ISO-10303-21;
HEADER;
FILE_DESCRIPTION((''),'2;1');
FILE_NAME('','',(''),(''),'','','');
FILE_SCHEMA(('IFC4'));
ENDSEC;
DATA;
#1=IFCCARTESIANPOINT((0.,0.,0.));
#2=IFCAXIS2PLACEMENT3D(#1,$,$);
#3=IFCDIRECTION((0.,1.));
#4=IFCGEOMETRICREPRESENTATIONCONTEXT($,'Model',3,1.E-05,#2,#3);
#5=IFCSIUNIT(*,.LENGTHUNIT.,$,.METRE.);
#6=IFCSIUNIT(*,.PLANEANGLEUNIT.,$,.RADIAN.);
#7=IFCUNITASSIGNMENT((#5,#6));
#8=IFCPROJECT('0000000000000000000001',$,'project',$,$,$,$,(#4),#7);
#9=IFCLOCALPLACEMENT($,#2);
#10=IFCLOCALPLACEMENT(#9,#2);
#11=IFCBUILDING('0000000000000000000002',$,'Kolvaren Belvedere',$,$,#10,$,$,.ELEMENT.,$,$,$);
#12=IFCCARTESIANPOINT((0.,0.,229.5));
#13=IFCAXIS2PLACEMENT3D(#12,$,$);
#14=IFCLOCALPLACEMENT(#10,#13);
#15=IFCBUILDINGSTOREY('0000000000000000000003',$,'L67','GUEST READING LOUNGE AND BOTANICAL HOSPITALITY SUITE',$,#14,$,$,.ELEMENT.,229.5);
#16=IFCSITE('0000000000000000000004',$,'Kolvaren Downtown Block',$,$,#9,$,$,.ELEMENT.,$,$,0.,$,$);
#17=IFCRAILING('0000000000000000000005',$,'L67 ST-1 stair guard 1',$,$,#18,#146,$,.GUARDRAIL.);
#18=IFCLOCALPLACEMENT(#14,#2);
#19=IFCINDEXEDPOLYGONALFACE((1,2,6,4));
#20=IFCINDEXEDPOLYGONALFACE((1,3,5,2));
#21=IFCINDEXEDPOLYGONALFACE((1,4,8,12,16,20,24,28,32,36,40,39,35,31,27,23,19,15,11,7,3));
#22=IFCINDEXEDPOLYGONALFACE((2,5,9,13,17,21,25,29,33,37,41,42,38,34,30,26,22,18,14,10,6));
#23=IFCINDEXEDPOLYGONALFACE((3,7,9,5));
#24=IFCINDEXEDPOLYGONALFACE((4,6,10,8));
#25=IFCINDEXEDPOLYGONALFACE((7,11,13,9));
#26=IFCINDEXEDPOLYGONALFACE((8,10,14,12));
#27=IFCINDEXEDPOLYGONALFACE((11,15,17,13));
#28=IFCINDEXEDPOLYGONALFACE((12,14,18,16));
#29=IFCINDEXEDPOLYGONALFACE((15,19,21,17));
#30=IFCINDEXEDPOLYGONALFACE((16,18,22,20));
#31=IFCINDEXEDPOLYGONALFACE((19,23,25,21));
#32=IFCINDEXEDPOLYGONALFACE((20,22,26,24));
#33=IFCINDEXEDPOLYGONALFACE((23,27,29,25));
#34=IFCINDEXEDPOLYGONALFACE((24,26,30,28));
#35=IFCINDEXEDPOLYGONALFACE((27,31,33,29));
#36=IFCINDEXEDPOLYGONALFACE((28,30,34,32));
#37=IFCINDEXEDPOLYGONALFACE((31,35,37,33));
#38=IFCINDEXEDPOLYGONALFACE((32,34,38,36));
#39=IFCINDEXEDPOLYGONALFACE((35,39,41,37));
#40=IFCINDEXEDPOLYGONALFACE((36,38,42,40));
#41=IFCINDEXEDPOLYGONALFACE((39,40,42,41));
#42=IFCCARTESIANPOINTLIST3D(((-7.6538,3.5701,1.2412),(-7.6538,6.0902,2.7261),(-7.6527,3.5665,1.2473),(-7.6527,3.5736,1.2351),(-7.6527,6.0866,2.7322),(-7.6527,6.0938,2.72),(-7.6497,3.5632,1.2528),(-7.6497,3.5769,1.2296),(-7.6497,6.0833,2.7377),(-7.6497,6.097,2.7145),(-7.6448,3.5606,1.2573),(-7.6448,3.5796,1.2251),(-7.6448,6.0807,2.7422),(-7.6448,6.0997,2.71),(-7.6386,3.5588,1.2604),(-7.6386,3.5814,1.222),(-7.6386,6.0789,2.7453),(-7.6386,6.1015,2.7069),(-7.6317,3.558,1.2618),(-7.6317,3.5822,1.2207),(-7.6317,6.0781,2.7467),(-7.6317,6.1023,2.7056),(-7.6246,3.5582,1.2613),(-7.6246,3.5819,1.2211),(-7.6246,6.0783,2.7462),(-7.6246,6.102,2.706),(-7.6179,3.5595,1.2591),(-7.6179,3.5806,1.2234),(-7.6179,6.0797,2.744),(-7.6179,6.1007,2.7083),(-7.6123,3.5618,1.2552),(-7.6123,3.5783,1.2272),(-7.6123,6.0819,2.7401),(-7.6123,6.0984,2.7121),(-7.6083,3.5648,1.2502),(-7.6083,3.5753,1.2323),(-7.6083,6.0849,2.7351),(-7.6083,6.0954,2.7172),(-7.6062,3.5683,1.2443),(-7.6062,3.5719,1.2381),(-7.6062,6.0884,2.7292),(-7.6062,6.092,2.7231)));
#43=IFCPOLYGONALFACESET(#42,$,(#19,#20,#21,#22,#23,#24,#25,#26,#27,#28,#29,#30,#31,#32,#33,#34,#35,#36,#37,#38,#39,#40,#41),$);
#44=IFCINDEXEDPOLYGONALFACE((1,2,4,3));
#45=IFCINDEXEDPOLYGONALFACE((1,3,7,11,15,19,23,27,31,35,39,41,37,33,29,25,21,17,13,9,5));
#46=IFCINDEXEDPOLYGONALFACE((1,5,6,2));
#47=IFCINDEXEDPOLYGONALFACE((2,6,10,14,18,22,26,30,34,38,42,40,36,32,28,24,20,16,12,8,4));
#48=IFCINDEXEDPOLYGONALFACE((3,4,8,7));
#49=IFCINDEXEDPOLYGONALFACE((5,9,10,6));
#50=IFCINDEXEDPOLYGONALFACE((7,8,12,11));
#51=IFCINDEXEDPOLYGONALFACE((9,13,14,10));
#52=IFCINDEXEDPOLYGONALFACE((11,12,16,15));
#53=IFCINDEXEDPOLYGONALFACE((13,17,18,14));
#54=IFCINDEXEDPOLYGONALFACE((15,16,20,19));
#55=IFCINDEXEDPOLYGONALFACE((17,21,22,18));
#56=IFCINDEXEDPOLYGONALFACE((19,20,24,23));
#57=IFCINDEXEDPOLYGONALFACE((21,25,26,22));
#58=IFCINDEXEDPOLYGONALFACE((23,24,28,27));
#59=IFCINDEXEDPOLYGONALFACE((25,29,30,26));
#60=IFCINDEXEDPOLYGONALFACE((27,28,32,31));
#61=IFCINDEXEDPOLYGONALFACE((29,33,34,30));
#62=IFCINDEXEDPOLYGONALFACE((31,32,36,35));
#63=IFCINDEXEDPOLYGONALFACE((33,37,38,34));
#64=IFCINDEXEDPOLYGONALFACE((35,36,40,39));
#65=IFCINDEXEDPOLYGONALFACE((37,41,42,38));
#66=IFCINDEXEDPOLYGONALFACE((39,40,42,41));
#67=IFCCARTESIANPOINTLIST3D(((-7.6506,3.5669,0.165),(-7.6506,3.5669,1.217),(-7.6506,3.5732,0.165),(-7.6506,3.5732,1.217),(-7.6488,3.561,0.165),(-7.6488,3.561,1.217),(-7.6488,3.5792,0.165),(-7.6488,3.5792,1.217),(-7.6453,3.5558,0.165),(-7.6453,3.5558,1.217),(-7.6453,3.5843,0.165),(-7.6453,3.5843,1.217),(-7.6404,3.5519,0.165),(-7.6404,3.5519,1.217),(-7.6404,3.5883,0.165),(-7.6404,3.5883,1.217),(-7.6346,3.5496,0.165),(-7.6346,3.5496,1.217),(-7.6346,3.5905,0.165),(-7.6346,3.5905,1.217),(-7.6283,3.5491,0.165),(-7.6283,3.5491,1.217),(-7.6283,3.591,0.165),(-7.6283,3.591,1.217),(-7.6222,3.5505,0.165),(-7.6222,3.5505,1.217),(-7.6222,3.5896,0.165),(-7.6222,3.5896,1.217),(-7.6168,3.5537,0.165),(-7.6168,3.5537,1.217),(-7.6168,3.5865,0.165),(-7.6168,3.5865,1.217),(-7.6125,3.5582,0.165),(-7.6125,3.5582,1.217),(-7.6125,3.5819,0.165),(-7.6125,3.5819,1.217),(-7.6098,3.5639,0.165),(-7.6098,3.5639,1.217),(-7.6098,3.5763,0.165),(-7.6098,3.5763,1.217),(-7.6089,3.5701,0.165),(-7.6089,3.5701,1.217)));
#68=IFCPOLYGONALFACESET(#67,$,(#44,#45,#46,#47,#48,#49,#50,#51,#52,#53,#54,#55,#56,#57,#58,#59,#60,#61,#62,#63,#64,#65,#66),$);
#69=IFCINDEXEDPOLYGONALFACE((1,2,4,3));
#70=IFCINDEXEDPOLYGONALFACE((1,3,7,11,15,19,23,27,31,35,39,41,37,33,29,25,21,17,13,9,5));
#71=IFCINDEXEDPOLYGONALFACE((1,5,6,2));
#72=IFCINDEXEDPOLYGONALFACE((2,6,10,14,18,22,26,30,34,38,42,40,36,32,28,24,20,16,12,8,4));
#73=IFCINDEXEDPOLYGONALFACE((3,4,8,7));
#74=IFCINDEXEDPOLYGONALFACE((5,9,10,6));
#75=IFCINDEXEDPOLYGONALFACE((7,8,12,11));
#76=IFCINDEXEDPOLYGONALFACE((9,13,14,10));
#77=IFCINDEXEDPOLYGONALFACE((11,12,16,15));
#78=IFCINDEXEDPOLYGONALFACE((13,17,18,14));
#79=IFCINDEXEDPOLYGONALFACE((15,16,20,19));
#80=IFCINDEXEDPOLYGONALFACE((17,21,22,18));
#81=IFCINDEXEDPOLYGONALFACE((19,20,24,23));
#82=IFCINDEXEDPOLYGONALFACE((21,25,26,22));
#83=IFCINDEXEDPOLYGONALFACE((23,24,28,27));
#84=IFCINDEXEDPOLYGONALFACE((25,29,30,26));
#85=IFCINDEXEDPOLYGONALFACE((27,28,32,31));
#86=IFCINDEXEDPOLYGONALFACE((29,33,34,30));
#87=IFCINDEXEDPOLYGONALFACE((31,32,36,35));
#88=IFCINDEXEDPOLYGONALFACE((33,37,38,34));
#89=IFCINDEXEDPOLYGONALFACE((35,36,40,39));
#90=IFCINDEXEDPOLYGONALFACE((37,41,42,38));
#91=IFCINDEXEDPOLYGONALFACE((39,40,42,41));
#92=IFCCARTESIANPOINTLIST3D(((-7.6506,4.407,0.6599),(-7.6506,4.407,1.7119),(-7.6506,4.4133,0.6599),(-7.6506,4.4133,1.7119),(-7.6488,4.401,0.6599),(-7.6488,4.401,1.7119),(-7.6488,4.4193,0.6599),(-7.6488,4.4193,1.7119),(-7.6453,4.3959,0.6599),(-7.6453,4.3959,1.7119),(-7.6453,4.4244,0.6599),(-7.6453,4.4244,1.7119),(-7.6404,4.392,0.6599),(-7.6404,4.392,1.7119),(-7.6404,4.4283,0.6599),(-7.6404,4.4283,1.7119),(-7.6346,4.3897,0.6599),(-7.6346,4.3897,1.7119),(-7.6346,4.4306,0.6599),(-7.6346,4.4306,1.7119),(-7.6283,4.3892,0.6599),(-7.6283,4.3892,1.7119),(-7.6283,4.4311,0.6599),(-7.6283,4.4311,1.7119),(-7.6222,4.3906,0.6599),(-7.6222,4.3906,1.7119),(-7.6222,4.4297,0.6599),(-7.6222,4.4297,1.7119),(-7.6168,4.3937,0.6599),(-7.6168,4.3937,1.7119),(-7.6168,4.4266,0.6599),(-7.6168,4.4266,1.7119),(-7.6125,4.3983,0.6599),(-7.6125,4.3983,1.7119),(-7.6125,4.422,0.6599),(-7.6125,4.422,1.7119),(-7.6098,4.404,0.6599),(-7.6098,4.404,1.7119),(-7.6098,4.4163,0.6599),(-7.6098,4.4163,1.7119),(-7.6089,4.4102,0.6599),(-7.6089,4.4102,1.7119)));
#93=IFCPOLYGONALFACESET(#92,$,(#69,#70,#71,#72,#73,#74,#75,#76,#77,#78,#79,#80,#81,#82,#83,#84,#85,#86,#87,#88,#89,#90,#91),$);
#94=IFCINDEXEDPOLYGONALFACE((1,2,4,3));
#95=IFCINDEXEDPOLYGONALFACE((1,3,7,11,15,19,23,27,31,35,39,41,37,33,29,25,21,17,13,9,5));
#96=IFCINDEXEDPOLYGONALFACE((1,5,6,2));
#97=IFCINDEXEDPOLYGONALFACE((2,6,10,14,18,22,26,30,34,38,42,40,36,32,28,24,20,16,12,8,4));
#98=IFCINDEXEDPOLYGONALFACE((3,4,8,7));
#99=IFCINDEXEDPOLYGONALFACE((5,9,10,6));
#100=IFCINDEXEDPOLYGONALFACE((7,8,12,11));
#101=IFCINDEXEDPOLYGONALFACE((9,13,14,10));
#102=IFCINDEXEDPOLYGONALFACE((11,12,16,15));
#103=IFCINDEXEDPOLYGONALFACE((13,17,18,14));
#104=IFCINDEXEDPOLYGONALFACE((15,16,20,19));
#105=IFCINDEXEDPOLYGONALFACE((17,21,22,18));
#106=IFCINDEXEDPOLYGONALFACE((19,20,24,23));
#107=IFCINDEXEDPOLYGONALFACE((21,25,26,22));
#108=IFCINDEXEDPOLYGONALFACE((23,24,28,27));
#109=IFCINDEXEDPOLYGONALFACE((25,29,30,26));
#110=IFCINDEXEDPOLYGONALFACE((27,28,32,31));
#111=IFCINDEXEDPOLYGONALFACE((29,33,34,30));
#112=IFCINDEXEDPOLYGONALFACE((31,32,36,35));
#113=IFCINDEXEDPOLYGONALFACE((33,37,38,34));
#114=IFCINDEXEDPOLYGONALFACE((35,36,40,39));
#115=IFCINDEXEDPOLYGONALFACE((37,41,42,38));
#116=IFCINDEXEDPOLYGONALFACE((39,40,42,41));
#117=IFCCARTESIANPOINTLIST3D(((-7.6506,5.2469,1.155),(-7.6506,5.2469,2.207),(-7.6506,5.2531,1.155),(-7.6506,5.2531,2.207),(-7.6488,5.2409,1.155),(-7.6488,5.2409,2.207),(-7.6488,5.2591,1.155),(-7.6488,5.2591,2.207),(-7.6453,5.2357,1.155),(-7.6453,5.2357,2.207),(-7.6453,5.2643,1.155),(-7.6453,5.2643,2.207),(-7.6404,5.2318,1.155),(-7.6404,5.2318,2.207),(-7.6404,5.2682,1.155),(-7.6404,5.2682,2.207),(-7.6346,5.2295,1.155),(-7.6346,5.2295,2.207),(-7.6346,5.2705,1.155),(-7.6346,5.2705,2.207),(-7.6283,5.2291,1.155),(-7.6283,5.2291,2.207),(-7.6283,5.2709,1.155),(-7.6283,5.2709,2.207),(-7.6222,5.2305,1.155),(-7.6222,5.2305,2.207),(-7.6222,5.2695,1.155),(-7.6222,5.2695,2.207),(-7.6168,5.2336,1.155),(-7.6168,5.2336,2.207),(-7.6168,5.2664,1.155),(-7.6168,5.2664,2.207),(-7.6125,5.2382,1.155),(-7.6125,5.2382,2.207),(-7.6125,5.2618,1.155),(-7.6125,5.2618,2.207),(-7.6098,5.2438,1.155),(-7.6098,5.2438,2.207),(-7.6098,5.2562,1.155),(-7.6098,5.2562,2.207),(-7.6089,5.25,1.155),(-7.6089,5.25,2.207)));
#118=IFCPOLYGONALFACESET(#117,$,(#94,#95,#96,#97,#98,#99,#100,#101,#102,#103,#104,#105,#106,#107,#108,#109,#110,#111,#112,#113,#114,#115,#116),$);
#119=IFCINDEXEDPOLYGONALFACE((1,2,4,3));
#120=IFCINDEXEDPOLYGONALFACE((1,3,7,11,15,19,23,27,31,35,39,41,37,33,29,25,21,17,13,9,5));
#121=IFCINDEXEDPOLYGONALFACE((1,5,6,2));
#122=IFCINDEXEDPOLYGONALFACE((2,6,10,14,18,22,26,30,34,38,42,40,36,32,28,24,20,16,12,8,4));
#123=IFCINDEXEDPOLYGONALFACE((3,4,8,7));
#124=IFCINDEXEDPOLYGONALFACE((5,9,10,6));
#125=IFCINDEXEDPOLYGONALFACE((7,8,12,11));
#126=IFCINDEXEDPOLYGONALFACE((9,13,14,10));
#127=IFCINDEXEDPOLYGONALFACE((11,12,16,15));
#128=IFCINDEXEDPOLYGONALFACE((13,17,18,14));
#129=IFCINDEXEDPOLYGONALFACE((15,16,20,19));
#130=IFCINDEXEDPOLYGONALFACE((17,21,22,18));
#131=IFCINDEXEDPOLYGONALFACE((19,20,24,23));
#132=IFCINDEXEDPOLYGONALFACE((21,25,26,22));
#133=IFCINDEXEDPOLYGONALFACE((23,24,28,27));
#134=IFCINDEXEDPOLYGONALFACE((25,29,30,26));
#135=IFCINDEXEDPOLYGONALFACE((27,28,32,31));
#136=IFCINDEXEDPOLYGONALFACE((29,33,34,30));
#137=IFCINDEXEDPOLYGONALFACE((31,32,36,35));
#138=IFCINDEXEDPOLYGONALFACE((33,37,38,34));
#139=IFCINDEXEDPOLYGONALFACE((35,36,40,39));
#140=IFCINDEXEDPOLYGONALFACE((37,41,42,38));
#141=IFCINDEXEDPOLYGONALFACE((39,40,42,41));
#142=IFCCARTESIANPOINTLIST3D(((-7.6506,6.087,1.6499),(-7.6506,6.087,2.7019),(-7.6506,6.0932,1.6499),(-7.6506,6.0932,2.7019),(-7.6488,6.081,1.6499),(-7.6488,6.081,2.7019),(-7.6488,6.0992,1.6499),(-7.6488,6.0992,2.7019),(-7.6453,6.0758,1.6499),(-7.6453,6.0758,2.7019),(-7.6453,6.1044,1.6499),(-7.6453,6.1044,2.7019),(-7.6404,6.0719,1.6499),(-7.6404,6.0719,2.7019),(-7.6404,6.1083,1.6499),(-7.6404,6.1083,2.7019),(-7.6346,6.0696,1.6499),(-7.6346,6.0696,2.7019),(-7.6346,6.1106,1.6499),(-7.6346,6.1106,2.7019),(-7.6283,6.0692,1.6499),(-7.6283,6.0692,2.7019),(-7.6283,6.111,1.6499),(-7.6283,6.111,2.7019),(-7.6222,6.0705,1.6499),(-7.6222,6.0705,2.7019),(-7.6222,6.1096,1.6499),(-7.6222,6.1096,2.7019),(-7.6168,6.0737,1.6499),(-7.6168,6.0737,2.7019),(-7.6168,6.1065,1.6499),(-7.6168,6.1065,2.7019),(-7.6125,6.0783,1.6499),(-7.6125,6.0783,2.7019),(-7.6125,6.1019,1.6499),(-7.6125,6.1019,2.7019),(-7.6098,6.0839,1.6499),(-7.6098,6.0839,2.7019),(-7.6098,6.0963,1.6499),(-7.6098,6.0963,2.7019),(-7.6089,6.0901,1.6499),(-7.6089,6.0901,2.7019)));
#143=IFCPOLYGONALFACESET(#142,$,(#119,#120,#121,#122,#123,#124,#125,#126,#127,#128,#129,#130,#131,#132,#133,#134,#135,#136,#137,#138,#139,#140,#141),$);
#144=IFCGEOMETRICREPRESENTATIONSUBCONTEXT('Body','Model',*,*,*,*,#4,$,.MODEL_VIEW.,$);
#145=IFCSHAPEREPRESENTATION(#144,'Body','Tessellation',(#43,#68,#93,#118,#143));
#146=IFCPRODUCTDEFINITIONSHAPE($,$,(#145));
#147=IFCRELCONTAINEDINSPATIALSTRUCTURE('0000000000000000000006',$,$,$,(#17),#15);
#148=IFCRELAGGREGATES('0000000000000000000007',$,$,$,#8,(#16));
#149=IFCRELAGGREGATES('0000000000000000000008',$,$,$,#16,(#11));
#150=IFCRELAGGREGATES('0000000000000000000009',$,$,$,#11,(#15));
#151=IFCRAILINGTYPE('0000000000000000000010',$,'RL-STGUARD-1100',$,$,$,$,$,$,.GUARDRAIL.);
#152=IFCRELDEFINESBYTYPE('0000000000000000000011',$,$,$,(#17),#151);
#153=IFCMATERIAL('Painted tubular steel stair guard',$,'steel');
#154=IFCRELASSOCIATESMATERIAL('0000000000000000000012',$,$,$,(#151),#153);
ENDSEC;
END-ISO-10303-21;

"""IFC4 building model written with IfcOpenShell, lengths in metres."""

from ifc_helpers import new_model, si_unit, direction, frame, origin, origin_2d, place, context, subcontext, project, spatial, circle, extrude, material, type_object, element, save


model = new_model("IFC4")

# Units and contexts
model_context = context("Model", 3, precision=1e-05, world=origin(), true_north=direction((0.0, 1.0)))
body_context = subcontext(model_context, "Body", "Model", "MODEL_VIEW")
ifc_project = project(units=[si_unit("LENGTHUNIT", "METRE"), si_unit("PLANEANGLEUNIT", "RADIAN")], contexts=[model_context])

# Site, building, storey
site_placement = place(None, origin())
site = spatial("IfcSite", under=ifc_project, at=site_placement, Name="Kolvaren Downtown Block", CompositionType="ELEMENT", RefElevation=0.0)
building_placement = place(site_placement, origin())
building = spatial("IfcBuilding", under=site, at=building_placement, Name="Kolvaren Belvedere", CompositionType="ELEMENT")
storey_placement = place(building_placement, frame((0.0, 0.0, 229.5)))
storey = spatial("IfcBuildingStorey", under=building, at=storey_placement, Name="L67", Description="GUEST READING LOUNGE AND BOTANICAL HOSPITALITY SUITE", CompositionType="ELEMENT", Elevation=229.5)

# Railing
ifc_material_1 = material(Name="Painted tubular steel stair guard", Category="steel")
railing_type_1 = type_object("IfcRailingType", Name="RL-STGUARD-1100", PredefinedType="GUARDRAIL", material=ifc_material_1)
railing_1_placement = place(storey_placement, frame((-7.6299, 3.5701, 0.165)))
element("IfcRailing", 1, at=railing_1_placement, inside=storey, type_object=railing_type_1, Name="L67 ST-1 stair guard 1", PredefinedType="GUARDRAIL", context=body_context, shape_type="SweptSolid", body=[
    extrude(circle(Radius=0.0239, at=origin_2d()), frame((0.0, 0.0, 1.0762), z_axis=(0.0, 0.861561, 0.507655), x_axis=(-1.0, 0.0, 0.0)), (0.0, 0.0, 1.0), 2.925),
    extrude(circle(Radius=0.021, at=origin_2d()), origin(), (0.0, 0.0, 1.0), 1.052),
    extrude(circle(Radius=0.021, at=origin_2d()), frame((0.0, 0.8401, 0.4949)), (0.0, 0.0, 1.0), 1.052),
    extrude(circle(Radius=0.021, at=origin_2d()), frame((0.0, 1.6799, 0.99)), (0.0, 0.0, 1.0), 1.052),
    extrude(circle(Radius=0.021, at=origin_2d()), frame((0.0, 2.52, 1.4849)), (0.0, 0.0, 1.0), 1.052),
])

save(model, "model.ifc")
